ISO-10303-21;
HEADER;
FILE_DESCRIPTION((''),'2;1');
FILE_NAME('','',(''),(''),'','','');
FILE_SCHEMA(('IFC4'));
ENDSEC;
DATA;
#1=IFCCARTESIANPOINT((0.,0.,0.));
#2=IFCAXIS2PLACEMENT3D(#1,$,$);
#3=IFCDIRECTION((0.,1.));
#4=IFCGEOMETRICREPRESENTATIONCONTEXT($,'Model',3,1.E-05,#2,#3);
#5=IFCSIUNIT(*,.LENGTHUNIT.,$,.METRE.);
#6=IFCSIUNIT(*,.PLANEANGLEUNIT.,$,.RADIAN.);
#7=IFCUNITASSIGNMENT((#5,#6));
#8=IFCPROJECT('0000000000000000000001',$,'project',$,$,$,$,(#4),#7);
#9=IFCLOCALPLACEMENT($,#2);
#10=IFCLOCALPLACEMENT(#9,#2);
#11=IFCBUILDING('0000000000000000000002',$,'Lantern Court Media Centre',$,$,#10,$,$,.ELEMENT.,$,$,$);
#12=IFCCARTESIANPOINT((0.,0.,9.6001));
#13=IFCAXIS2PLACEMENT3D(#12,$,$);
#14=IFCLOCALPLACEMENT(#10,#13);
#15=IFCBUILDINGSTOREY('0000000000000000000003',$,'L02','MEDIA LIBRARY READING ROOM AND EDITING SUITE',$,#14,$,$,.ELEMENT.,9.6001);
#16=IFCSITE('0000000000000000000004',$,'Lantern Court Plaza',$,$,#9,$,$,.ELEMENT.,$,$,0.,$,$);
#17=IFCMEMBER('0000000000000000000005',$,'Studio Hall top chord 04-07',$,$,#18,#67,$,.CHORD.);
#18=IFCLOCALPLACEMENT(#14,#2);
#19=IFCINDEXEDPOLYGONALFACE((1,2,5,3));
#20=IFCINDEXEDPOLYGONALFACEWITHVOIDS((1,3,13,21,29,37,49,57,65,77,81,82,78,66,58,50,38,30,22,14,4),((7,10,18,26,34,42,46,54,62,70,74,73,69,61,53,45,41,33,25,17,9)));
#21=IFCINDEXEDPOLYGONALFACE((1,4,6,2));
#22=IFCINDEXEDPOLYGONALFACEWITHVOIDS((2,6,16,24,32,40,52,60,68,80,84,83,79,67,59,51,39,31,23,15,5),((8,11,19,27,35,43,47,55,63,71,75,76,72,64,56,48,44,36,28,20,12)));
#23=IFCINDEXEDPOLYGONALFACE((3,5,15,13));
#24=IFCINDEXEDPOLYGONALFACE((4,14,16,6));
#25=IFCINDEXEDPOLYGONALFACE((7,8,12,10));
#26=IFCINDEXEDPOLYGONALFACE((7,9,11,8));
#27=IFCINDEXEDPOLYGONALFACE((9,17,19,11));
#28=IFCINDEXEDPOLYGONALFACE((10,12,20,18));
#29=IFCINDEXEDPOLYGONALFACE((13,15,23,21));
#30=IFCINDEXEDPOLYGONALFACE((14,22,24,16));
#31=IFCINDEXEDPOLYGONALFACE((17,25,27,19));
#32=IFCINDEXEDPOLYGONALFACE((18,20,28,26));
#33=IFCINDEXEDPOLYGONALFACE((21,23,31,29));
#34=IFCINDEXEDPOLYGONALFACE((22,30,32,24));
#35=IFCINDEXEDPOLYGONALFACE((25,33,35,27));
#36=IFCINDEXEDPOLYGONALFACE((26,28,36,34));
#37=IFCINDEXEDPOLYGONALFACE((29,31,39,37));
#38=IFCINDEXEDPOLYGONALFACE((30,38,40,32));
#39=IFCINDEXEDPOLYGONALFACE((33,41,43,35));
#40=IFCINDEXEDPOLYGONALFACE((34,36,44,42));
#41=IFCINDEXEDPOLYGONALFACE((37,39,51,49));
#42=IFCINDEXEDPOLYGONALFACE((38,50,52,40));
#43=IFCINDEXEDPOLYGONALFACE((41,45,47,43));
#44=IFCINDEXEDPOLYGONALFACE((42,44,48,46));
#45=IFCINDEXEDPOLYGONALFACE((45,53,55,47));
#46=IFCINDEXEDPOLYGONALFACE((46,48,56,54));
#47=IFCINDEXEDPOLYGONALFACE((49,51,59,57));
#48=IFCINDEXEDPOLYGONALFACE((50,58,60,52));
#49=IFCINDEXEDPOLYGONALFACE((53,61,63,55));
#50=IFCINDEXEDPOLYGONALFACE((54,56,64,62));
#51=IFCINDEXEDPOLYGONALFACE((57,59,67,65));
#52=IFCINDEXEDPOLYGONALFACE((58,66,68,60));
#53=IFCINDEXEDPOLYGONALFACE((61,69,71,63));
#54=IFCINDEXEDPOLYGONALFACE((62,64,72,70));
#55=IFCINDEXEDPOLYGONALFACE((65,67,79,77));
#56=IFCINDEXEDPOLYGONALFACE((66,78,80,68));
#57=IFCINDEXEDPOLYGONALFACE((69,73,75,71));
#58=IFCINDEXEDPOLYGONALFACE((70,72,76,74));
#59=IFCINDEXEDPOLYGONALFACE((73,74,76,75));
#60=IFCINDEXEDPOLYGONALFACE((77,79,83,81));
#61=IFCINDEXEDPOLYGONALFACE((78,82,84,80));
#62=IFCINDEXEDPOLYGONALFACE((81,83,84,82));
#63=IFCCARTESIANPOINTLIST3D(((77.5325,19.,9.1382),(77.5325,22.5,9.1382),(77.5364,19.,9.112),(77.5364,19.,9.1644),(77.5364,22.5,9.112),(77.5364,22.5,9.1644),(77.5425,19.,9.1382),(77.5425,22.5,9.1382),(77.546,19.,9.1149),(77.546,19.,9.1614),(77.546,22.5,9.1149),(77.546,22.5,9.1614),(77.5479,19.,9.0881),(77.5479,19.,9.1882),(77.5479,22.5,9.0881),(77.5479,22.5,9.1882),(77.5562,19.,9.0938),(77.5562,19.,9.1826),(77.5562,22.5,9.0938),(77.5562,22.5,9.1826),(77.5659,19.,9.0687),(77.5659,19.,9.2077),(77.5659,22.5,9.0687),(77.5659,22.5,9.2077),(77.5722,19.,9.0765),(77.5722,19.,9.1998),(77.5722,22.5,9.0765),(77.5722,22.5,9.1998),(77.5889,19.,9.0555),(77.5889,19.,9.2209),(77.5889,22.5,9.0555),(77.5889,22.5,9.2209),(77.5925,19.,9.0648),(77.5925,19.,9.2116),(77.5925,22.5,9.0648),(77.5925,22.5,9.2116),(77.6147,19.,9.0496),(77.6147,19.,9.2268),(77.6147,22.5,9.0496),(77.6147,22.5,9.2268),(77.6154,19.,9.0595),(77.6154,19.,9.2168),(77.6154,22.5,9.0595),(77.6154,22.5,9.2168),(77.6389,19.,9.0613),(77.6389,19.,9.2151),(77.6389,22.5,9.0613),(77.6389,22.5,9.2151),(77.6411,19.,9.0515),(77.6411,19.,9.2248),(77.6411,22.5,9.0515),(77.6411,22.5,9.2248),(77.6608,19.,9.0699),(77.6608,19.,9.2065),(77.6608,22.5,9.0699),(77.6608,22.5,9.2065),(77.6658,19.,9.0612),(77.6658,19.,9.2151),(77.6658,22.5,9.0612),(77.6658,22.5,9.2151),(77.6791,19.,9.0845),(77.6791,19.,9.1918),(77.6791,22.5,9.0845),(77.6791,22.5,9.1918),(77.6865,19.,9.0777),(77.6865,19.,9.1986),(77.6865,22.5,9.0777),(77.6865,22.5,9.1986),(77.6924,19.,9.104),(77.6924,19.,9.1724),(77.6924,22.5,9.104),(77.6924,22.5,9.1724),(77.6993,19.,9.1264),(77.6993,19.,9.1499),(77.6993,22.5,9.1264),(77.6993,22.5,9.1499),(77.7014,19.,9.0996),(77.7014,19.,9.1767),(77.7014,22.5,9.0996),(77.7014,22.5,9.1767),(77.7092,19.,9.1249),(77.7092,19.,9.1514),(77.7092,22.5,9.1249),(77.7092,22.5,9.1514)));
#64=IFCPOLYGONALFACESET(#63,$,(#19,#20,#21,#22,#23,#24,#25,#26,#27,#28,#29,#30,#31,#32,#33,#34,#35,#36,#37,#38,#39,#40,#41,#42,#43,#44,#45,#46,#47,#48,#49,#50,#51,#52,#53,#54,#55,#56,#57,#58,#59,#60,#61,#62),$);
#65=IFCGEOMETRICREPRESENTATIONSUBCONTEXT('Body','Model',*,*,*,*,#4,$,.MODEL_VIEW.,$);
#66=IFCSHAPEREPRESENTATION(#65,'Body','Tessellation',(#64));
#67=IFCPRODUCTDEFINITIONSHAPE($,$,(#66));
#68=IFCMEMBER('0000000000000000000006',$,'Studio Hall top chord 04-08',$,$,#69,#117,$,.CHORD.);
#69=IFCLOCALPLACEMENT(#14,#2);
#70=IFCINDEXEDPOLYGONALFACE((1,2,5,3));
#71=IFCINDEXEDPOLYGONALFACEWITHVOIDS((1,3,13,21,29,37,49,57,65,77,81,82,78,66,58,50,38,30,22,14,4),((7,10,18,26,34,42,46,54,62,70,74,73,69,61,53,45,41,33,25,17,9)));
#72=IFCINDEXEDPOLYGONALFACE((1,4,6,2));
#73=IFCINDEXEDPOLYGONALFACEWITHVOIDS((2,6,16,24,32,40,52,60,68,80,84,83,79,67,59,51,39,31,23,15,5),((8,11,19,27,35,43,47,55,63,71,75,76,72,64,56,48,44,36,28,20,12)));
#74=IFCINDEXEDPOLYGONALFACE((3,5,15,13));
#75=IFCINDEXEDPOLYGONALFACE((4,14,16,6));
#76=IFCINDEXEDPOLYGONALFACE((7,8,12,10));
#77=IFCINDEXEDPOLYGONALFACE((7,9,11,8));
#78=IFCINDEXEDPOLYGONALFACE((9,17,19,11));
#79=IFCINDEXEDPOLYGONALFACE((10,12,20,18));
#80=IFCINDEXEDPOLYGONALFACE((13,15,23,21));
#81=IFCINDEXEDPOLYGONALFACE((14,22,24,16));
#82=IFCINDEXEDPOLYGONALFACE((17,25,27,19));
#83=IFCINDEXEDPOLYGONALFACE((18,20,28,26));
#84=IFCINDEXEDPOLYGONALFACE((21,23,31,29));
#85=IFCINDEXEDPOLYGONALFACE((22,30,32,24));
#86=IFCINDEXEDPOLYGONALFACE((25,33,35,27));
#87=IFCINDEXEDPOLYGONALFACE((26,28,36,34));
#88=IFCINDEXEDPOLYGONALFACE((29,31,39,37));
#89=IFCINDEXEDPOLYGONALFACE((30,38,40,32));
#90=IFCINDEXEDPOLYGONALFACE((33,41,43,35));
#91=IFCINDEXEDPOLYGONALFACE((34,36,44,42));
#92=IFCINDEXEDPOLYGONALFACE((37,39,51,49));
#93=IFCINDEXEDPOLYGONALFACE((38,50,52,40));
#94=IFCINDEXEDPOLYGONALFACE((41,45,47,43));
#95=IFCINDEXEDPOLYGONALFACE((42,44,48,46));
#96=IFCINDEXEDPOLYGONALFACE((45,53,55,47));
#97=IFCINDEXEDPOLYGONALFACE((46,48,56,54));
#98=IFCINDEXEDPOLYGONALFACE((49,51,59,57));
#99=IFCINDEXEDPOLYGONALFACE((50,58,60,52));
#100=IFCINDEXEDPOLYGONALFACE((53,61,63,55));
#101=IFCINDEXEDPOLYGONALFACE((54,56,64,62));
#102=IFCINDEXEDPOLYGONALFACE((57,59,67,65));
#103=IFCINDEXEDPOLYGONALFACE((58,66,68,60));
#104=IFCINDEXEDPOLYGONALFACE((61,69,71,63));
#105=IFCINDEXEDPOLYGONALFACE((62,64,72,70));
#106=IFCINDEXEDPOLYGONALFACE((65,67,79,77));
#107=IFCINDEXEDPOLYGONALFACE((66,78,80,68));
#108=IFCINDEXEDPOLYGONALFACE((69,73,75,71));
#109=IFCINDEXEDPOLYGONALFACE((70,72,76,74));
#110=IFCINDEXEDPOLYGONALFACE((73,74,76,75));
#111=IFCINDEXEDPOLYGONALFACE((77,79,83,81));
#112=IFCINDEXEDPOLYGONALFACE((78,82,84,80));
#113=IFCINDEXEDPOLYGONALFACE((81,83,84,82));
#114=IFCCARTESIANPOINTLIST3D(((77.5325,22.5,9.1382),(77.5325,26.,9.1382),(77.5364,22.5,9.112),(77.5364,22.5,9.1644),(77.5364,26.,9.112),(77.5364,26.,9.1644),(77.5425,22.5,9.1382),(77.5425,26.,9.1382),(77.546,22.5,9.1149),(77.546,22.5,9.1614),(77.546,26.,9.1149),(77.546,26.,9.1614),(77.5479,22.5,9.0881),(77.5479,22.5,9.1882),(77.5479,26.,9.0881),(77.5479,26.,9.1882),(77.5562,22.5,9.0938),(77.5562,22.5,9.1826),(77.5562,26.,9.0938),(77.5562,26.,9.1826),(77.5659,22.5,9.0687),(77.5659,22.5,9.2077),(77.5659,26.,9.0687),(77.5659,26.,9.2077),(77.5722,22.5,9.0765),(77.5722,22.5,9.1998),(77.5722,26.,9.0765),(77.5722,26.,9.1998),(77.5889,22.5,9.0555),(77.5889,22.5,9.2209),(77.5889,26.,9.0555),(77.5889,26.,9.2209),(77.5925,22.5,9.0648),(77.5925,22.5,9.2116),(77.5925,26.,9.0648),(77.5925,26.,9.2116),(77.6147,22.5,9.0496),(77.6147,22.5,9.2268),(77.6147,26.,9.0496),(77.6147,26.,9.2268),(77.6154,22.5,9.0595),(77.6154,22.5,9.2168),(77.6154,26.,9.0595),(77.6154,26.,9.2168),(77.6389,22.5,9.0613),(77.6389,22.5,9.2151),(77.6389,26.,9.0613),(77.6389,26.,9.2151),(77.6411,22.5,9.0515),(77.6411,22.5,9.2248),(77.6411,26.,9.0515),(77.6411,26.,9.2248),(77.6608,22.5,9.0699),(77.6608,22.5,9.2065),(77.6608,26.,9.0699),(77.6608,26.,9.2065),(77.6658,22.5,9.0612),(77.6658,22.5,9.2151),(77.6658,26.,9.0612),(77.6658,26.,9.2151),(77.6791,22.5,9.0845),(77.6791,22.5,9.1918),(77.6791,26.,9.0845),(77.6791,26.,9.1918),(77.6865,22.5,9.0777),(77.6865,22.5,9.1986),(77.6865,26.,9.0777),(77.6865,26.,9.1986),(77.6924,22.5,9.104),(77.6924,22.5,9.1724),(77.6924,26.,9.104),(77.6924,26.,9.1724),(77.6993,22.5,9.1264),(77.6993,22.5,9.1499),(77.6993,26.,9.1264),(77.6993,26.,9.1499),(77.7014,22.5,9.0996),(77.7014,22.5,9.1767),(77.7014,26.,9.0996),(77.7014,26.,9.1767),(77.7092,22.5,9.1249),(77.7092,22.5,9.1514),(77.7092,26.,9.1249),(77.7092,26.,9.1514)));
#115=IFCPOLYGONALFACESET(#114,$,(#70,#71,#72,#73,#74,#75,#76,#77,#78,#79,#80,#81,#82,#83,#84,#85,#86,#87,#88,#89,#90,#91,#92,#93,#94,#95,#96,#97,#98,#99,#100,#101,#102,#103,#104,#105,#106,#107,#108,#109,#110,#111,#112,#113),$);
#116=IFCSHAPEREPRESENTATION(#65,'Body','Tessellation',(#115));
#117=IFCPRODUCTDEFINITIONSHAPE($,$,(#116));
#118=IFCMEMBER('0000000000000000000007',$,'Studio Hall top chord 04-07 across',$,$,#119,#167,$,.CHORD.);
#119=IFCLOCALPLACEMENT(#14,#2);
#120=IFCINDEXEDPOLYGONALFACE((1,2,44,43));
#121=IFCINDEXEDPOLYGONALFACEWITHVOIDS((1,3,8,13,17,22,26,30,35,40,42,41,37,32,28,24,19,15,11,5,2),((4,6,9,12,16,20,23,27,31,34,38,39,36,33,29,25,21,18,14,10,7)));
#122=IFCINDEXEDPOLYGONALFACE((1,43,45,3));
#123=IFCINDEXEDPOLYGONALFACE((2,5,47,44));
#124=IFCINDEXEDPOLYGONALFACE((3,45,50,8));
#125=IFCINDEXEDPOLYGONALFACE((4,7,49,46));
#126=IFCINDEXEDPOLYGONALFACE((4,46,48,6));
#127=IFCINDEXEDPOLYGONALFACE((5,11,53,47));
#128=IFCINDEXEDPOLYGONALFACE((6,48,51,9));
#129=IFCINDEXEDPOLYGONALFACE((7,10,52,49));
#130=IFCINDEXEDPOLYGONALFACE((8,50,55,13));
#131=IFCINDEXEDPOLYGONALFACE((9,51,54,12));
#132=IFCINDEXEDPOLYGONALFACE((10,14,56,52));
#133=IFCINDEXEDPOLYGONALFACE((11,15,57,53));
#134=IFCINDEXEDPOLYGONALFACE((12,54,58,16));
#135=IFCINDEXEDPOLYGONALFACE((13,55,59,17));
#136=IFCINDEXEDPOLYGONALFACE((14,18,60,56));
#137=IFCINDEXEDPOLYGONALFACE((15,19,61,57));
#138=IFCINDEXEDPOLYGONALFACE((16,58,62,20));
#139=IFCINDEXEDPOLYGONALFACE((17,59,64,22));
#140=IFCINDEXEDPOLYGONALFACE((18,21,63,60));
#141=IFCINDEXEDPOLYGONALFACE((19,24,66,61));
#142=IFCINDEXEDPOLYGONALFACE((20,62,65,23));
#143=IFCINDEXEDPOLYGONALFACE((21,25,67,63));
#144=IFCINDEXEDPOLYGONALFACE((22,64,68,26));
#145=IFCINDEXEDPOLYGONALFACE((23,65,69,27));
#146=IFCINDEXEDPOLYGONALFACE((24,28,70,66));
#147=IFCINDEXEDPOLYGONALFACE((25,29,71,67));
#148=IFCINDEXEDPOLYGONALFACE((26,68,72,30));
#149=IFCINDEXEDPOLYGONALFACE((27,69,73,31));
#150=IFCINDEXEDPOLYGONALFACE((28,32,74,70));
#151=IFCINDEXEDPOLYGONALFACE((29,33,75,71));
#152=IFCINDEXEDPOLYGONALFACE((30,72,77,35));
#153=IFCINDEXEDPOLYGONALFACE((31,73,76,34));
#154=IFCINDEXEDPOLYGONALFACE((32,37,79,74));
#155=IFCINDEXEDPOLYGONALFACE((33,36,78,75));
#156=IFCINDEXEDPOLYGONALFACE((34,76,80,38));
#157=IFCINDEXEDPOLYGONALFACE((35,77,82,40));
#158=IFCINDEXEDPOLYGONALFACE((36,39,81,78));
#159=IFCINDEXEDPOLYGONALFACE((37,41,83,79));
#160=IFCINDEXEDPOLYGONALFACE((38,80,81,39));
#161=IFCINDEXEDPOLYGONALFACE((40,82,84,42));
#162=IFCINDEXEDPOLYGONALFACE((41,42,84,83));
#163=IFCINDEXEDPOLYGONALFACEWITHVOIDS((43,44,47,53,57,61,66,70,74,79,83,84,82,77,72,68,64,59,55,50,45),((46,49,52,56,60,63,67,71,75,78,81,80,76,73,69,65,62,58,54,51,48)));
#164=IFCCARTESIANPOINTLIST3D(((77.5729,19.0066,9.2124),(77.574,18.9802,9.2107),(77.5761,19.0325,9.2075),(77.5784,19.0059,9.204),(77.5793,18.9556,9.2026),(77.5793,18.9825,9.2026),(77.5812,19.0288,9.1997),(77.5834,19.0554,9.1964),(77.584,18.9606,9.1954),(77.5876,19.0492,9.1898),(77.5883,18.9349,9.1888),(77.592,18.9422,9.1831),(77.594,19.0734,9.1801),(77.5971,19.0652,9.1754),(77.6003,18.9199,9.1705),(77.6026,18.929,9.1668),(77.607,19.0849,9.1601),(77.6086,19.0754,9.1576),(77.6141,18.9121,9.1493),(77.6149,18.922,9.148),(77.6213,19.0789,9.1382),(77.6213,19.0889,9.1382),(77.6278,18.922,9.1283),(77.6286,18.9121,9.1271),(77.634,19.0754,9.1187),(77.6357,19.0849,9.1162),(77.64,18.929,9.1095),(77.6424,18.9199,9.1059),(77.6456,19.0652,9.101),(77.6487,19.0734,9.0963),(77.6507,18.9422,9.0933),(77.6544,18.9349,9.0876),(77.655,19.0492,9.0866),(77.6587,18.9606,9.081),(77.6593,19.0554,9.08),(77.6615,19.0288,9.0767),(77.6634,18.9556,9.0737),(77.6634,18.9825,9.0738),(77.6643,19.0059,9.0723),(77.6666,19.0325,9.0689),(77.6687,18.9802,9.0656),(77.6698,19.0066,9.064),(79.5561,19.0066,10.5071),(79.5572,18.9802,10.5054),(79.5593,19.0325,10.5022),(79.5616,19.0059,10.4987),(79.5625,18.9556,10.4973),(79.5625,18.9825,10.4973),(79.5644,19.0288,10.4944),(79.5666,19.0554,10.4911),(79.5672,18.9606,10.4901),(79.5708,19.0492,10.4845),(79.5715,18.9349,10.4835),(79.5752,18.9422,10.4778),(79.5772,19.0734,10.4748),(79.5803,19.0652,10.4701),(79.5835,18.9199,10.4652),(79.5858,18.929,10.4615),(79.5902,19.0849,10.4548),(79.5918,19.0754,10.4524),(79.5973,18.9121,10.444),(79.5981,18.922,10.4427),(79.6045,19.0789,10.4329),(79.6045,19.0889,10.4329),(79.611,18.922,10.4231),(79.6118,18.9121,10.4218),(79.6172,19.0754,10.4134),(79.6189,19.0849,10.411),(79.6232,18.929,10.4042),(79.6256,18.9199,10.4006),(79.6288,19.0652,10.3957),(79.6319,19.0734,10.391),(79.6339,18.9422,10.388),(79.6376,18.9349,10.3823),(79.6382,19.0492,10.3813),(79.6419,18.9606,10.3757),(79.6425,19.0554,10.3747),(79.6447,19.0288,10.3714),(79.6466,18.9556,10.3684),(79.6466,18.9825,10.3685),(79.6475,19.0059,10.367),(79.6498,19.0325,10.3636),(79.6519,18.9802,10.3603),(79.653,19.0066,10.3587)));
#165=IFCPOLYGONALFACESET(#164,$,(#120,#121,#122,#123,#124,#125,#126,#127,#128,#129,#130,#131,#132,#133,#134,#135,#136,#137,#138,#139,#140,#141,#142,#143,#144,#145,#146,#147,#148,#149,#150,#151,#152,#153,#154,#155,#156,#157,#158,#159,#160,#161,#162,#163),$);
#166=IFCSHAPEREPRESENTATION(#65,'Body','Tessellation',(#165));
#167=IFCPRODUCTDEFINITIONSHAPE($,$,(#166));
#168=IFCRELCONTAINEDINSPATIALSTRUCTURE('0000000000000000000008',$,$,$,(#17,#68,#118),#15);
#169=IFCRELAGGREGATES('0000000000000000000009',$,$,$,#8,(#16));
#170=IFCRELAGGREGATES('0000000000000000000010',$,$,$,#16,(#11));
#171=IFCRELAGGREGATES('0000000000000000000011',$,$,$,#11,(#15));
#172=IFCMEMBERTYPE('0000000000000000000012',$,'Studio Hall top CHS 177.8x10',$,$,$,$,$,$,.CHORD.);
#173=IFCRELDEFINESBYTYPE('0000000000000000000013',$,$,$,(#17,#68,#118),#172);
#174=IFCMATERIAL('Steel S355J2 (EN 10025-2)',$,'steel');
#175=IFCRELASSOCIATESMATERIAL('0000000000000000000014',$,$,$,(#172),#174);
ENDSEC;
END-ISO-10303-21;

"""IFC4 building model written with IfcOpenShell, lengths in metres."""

from ifc_helpers import new_model, si_unit, direction, frame, origin, origin_2d, place, context, subcontext, project, spatial, hollow_circle, extrude, material, material_profile, profile_set, type_object, element, save


model = new_model("IFC4")

# Units and contexts
model_context = context("Model", 3, precision=1e-05, world=origin(), true_north=direction((0.0, 1.0)))
body_context = subcontext(model_context, "Body", "Model", "MODEL_VIEW")
ifc_project = project(units=[si_unit("LENGTHUNIT", "METRE"), si_unit("PLANEANGLEUNIT", "RADIAN")], contexts=[model_context])

# Site, building, storey
site_placement = place(None, origin())
site = spatial("IfcSite", under=ifc_project, at=site_placement, Name="Lantern Court Plaza", CompositionType="ELEMENT", RefElevation=0.0)
building_placement = place(site_placement, origin())
building = spatial("IfcBuilding", under=site, at=building_placement, Name="Lantern Court Media Centre", CompositionType="ELEMENT")
storey_placement = place(building_placement, frame((0.0, 0.0, 9.6001)))
storey = spatial("IfcBuildingStorey", under=building, at=storey_placement, Name="L02", Description="MEDIA LIBRARY READING ROOM AND EDITING SUITE", CompositionType="ELEMENT", Elevation=9.6001)

# Members
ifc_material = material(Name="Steel S355J2 (EN 10025-2)", Category="steel")
ifc_material_profile_1 = material_profile(ifc_material, hollow_circle(Radius=0.0889, WallThickness=0.01, at=origin_2d()), Name="Studio Hall top CHS 177.8x10")
ifc_profile_set_1 = profile_set([ifc_material_profile_1], Name="Steel S355J2 (EN 10025-2)")
member_type_1 = type_object("IfcMemberType", Name="Studio Hall top CHS 177.8x10", PredefinedType="CHORD", material=ifc_profile_set_1)
for number, where, z_axis, x_axis, name in (
    (1, (77.6213, 19.0, 9.1382), (0.0, 1.0, 0.0), (-1.0, 0.0, 0.0), "Studio Hall top chord 04-07"),
    (2, (77.6213, 22.5, 9.1382), (0.0, 1.0, 0.0), (-1.0, 0.0, 0.0), "Studio Hall top chord 04-08"),
):
    element("IfcMember", number, at=place(storey_placement, frame(where, z_axis=z_axis, x_axis=x_axis)), inside=storey, type_object=member_type_1, Name=name, PredefinedType="CHORD", context=body_context, shape_type="SweptSolid", body=[
        extrude(hollow_circle(Radius=0.0889, WallThickness=0.01, at=origin_2d()), origin(), (0.0, 0.0, 1.0), 3.5),
    ])
for number, where, z_axis, x_axis, name in (
    (3, (77.6213, 19.0, 9.1382), (0.837356, 0.0, 0.546658), (0.0, 1.0, 0.0), "Studio Hall top chord 04-07 across"),
):
    element("IfcMember", number, at=place(storey_placement, frame(where, z_axis=z_axis, x_axis=x_axis)), inside=storey, type_object=member_type_1, Name=name, PredefinedType="CHORD", context=body_context, shape_type="SweptSolid", body=[
        extrude(hollow_circle(Radius=0.0889, WallThickness=0.01, at=origin_2d()), origin(), (0.0, 0.0, 1.0), 2.3684),
    ])

save(model, "model.ifc")
